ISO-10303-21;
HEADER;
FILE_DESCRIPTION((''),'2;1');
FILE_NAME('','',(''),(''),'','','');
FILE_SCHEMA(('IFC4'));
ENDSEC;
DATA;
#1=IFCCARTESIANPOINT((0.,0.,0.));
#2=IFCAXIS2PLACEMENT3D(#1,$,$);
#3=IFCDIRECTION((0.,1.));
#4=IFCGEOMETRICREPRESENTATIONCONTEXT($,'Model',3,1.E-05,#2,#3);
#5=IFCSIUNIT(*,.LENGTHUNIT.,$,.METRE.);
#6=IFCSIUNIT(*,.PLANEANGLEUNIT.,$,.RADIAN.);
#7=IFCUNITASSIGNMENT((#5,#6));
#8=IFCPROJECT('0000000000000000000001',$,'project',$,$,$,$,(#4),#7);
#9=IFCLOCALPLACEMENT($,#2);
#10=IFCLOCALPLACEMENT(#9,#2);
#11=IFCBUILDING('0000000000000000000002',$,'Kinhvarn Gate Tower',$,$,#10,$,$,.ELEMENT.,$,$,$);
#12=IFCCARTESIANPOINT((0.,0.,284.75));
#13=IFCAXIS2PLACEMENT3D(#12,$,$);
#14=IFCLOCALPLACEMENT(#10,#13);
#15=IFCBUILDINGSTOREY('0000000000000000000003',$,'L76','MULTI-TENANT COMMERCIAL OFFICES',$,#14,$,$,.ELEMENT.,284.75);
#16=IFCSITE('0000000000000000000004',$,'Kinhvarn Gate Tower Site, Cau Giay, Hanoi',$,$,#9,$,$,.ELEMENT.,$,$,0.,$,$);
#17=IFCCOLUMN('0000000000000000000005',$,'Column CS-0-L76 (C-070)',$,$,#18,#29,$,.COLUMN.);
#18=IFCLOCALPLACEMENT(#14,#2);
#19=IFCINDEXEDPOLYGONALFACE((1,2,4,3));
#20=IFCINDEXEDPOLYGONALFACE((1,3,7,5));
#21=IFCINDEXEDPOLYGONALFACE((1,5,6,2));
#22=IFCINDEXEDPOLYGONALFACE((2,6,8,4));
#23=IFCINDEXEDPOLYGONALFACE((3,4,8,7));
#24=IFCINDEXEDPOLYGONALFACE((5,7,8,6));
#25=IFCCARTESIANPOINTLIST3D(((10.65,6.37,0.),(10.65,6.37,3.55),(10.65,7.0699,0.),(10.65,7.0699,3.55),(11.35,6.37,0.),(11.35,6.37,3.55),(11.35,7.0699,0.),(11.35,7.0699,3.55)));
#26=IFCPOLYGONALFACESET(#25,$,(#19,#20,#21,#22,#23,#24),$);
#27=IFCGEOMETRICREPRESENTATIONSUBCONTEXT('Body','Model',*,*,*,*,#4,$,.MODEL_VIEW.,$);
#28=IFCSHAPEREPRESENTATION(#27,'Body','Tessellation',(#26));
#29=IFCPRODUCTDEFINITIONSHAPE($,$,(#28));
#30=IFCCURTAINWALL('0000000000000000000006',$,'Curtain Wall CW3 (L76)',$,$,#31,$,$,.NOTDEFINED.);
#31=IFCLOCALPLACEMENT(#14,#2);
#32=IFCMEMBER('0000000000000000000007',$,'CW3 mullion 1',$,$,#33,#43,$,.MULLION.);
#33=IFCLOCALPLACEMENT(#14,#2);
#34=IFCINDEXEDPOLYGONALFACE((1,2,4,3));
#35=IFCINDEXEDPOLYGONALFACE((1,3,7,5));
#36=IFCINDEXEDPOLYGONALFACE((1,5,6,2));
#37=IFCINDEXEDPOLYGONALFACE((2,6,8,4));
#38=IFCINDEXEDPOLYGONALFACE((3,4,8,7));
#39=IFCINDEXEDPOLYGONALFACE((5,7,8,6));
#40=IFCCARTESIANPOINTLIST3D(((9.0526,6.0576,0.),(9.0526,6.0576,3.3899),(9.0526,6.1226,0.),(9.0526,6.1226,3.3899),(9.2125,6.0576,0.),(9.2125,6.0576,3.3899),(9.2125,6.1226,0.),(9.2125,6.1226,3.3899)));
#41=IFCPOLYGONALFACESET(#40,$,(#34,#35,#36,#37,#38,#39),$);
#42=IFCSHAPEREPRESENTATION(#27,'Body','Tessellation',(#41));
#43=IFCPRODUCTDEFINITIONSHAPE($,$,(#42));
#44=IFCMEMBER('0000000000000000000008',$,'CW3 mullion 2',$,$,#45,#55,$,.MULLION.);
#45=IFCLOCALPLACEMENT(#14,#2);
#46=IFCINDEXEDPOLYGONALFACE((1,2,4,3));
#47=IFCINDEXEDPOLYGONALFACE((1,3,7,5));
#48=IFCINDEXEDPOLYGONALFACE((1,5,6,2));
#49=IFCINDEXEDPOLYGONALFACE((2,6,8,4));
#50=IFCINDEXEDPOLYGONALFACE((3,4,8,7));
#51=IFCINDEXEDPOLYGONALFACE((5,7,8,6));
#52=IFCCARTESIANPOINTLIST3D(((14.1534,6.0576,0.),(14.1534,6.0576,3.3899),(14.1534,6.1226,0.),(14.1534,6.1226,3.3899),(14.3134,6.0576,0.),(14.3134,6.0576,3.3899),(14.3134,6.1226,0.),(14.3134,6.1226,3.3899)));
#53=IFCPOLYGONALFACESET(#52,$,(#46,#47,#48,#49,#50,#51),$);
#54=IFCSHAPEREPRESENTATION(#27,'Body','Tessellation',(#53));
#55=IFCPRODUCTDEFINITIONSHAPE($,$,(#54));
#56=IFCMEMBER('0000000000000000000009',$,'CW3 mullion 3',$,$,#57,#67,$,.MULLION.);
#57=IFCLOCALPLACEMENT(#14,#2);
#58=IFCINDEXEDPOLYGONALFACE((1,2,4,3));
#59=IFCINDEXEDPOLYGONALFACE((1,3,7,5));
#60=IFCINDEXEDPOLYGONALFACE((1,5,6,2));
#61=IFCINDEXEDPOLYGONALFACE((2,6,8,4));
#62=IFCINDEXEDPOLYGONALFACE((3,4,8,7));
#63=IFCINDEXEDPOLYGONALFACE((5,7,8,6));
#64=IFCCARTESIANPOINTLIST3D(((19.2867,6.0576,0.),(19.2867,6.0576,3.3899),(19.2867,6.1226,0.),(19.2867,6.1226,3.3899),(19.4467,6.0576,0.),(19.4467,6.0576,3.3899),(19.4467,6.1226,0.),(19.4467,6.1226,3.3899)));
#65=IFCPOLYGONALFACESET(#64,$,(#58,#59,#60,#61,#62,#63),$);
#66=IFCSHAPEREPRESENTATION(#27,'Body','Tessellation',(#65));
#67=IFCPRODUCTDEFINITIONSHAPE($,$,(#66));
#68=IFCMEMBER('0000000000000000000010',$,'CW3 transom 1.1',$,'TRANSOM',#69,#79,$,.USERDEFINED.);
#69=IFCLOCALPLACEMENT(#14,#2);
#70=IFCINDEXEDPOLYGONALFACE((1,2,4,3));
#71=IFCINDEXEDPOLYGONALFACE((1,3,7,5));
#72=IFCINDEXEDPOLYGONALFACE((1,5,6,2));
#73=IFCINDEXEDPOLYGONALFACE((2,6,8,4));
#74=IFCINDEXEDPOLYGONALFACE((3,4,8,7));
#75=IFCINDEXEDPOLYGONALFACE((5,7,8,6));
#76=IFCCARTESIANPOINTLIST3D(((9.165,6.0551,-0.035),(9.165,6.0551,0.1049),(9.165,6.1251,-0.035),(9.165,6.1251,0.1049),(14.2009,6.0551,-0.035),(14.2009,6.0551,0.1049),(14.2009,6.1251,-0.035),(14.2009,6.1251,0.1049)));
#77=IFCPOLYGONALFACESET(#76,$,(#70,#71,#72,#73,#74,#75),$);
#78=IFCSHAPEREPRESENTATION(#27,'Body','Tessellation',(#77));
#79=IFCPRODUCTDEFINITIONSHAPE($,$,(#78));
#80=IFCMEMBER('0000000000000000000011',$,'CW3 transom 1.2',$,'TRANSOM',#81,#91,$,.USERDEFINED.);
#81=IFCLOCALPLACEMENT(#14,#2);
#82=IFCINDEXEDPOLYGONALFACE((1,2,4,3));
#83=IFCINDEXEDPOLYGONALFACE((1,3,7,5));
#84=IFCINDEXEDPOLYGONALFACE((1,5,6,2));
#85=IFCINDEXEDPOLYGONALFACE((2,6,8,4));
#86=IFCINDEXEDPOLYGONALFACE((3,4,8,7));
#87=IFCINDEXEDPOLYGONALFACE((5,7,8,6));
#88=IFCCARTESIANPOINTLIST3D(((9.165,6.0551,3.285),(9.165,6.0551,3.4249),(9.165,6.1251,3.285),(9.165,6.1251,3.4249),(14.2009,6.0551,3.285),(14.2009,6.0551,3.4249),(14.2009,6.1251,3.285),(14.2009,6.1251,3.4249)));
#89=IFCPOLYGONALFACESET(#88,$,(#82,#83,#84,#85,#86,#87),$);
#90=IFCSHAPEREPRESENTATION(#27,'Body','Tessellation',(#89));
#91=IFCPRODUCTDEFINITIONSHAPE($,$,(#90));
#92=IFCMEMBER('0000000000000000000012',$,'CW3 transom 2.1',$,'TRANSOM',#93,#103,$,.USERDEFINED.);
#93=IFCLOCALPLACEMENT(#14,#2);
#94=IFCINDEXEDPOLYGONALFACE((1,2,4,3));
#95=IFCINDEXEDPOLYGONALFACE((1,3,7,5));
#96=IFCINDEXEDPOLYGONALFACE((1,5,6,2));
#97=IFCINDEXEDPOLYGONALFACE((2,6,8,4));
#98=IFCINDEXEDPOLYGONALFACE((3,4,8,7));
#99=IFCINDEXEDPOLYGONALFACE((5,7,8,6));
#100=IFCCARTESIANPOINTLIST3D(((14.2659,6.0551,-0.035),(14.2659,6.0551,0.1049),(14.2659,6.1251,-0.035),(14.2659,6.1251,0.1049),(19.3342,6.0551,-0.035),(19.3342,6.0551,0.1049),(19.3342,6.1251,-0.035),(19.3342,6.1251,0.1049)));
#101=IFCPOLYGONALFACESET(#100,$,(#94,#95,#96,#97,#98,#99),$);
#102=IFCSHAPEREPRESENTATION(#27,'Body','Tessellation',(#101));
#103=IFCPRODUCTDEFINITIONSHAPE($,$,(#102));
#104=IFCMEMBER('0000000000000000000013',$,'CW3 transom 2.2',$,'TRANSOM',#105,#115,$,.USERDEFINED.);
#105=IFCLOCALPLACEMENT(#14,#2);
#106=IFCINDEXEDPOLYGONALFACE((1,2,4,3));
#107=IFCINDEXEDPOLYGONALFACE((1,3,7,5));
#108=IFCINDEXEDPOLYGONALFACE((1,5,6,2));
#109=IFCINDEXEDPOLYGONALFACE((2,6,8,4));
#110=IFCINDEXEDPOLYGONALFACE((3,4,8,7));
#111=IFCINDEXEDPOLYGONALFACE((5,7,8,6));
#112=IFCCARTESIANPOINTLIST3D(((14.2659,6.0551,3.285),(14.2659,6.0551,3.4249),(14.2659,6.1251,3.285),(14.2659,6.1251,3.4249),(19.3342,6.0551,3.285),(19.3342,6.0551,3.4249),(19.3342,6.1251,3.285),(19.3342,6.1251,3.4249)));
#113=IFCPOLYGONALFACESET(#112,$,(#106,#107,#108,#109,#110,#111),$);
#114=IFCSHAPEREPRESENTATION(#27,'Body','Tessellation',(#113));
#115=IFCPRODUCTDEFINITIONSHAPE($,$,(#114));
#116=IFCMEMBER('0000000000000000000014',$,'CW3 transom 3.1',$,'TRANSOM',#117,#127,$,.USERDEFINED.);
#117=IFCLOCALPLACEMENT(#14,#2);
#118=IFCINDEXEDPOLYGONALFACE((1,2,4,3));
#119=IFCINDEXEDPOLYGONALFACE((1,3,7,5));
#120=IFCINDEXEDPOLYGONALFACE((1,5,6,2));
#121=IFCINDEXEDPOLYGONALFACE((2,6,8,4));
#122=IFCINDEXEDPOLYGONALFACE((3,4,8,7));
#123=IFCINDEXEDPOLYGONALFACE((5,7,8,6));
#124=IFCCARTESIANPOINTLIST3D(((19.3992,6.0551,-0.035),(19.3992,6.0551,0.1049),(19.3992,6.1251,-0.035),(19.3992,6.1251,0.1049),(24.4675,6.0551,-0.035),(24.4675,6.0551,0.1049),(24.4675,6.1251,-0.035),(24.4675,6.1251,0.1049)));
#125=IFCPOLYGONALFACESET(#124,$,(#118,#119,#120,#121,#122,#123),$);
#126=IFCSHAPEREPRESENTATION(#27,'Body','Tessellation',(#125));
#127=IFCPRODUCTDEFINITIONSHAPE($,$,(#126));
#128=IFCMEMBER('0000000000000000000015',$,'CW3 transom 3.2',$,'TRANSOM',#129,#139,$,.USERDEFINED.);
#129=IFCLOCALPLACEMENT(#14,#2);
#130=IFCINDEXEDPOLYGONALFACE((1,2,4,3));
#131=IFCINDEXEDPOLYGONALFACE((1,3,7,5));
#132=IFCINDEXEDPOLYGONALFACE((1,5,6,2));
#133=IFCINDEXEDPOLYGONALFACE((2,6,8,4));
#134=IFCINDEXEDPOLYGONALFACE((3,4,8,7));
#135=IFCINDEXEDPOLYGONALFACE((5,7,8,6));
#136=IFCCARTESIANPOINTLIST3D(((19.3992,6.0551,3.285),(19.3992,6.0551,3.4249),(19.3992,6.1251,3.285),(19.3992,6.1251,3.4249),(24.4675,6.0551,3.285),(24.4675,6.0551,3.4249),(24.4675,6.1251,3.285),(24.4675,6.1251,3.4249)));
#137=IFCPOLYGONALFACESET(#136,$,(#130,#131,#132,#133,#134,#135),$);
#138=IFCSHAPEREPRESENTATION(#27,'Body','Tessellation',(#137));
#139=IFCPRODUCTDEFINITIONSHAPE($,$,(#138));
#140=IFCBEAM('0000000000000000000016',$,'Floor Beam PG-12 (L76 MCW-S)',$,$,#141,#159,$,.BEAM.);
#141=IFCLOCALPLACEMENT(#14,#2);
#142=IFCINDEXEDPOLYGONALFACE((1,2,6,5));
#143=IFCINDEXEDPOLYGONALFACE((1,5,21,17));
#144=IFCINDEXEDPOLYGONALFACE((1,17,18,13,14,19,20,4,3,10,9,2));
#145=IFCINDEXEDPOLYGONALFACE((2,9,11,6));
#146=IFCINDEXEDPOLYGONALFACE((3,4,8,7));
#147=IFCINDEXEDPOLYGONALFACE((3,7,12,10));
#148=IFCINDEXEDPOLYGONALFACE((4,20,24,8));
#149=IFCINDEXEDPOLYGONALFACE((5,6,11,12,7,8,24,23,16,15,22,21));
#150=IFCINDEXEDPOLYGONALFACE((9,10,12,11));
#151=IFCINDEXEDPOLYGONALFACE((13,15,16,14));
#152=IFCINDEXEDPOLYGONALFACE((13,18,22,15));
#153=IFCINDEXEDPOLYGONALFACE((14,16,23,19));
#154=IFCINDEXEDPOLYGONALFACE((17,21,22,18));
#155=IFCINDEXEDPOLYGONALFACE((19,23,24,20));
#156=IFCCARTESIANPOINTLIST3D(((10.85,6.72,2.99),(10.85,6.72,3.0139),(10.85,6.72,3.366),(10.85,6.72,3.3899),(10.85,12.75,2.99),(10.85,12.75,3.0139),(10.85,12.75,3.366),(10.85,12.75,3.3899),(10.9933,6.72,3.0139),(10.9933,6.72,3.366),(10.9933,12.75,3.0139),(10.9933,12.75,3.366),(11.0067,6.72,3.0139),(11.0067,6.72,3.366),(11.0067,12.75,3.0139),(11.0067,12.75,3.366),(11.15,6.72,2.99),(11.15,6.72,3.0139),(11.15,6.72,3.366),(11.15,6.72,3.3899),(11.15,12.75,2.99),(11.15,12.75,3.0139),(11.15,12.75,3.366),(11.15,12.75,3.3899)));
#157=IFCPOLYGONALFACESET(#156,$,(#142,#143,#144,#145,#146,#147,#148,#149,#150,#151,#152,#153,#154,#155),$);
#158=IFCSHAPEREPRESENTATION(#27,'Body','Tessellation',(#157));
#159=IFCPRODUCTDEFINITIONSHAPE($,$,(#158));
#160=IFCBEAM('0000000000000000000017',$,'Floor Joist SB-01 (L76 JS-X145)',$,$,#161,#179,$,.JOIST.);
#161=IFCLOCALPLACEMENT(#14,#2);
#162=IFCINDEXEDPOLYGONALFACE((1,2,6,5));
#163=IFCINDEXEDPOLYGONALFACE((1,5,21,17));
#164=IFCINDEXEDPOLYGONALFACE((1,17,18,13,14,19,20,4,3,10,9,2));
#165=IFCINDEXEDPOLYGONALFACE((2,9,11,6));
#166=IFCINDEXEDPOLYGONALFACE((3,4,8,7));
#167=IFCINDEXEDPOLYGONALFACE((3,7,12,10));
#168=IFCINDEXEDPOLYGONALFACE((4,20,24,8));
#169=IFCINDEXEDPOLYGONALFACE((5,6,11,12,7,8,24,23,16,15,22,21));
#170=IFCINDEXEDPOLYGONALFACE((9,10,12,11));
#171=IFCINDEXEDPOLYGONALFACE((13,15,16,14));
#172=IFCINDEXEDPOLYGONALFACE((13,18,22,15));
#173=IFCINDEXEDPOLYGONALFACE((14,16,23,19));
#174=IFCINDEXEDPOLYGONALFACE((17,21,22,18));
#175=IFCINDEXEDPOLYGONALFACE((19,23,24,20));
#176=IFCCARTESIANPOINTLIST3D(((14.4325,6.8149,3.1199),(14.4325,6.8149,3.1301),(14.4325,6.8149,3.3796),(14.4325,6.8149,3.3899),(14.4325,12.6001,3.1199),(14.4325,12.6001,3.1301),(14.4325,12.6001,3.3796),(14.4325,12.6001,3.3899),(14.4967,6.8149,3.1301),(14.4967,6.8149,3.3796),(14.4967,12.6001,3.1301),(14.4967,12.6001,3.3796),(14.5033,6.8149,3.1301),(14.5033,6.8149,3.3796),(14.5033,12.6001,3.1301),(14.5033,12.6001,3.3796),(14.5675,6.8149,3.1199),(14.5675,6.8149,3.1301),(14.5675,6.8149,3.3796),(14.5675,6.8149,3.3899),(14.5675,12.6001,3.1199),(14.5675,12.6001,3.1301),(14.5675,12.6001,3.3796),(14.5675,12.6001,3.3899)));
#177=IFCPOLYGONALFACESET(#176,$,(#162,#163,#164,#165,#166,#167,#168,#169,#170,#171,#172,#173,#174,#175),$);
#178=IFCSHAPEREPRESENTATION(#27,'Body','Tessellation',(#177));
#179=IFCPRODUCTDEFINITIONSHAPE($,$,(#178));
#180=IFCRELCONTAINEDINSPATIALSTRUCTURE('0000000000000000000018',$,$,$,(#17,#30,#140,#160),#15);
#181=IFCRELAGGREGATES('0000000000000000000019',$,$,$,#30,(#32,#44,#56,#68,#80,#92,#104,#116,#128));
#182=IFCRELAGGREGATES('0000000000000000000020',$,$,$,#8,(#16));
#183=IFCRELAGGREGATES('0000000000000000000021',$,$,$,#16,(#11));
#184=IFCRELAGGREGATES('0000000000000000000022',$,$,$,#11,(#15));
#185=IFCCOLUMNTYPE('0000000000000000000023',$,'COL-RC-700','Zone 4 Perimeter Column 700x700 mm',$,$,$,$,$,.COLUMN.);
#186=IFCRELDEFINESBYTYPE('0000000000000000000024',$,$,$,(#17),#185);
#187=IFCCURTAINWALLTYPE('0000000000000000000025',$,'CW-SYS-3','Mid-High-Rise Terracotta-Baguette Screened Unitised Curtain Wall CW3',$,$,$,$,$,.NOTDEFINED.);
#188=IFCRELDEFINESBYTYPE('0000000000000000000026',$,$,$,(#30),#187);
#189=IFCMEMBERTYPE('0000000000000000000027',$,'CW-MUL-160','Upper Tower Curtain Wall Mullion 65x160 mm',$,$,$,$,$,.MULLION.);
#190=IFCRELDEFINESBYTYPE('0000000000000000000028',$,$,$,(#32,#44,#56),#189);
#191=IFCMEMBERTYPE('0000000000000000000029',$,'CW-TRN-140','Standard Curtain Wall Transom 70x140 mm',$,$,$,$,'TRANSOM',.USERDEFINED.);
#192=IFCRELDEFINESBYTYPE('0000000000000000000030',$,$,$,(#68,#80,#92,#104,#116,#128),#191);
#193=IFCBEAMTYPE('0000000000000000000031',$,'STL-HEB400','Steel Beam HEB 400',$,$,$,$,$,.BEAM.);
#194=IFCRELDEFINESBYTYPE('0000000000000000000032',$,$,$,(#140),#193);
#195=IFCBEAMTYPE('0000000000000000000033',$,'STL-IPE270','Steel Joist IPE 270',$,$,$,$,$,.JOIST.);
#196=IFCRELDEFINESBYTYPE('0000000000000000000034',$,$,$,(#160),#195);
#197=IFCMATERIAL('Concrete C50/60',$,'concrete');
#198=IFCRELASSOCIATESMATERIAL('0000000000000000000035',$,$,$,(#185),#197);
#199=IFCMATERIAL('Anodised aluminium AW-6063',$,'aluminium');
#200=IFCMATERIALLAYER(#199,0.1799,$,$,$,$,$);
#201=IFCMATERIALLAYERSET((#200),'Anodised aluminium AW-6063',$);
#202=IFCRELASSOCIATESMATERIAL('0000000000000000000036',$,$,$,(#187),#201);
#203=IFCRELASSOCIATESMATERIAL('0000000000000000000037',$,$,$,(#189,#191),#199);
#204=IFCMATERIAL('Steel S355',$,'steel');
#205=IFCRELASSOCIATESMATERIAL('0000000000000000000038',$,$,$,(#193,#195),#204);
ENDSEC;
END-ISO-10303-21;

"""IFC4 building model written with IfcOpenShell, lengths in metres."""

from ifc_helpers import new_model, si_unit, direction, frame, origin, origin_2d, place, context, subcontext, project, spatial, rectangle, i_section, extrude, material, layer, layer_set, material_profile, profile_set, type_object, element, aggregate, save


model = new_model("IFC4")

# Units and contexts
model_context = context("Model", 3, precision=1e-05, world=origin(), true_north=direction((0.0, 1.0)))
body_context = subcontext(model_context, "Body", "Model", "MODEL_VIEW")
ifc_project = project(units=[si_unit("LENGTHUNIT", "METRE"), si_unit("PLANEANGLEUNIT", "RADIAN")], contexts=[model_context])

# Site, building, storey
site_placement = place(None, origin())
site = spatial("IfcSite", under=ifc_project, at=site_placement, Name="Kinhvarn Gate Tower Site, Cau Giay, Hanoi", CompositionType="ELEMENT", RefElevation=0.0)
building_placement = place(site_placement, origin())
building = spatial("IfcBuilding", under=site, at=building_placement, Name="Kinhvarn Gate Tower", CompositionType="ELEMENT")
storey_placement = place(building_placement, frame((0.0, 0.0, 284.75)))
storey = spatial("IfcBuildingStorey", under=building, at=storey_placement, Name="L76", Description="MULTI-TENANT COMMERCIAL OFFICES", CompositionType="ELEMENT", Elevation=284.75)

# Column
ifc_material_1 = material(Name="Concrete C50/60", Category="concrete")
ifc_material_profile_1 = material_profile(ifc_material_1, rectangle(XDim=0.7, YDim=0.7, at=origin_2d()), Name="RC 700x700")
ifc_profile_set_1 = profile_set([ifc_material_profile_1], Name="Concrete C50/60")
column_type = type_object("IfcColumnType", Name="COL-RC-700", Description="Zone 4 Perimeter Column 700x700 mm", PredefinedType="COLUMN", material=ifc_profile_set_1)
column_placement = place(storey_placement, frame((11.0, 6.72, 0.0), z_axis=(0.0, 0.0, 1.0), x_axis=(1.0, 0.0, 0.0)))
element("IfcColumn", 1, at=column_placement, inside=storey, type_object=column_type, Name="Column CS-0-L76 (C-070)", PredefinedType="COLUMN", context=body_context, shape_type="SweptSolid", body=[
    extrude(rectangle(XDim=0.7, YDim=0.7, at=origin_2d()), origin(), (0.0, 0.0, 1.0), 3.55),
])

# Curtain wall, members
ifc_material_2 = material(Name="Anodised aluminium AW-6063", Category="aluminium")
ifc_layer_1 = layer(ifc_material_2, 0.1799)
ifc_layer_set_1 = layer_set([ifc_layer_1], Name="Anodised aluminium AW-6063")
curtain_wall_type = type_object("IfcCurtainWallType", Name="CW-SYS-3", Description="Mid-High-Rise Terracotta-Baguette Screened Unitised Curtain Wall CW3", PredefinedType="NOTDEFINED", material=ifc_layer_set_1)
curtain_wall_placement = place(storey_placement, origin())
curtain_wall = element("IfcCurtainWall", 2, at=curtain_wall_placement, inside=storey, type_object=curtain_wall_type, Name="Curtain Wall CW3 (L76)", PredefinedType="NOTDEFINED")
ifc_material_profile_2 = material_profile(ifc_material_2, rectangle(XDim=0.0649, YDim=0.1599, at=origin_2d()), Name="ALU 65x160")
ifc_profile_set_2 = profile_set([ifc_material_profile_2], Name="Anodised aluminium AW-6063")
member_type_1 = type_object("IfcMemberType", Name="CW-MUL-160", Description="Upper Tower Curtain Wall Mullion 65x160 mm", PredefinedType="MULLION", material=ifc_profile_set_2)
member_1_placement = place(storey_placement, frame((9.1326, 6.0901, 0.0), z_axis=(0.0, 0.0, 1.0), x_axis=(0.0, 1.0, 0.0)))
member_1 = element("IfcMember", 3, at=member_1_placement, type_object=member_type_1, Name="CW3 mullion 1", PredefinedType="MULLION", context=body_context, shape_type="SweptSolid", body=[
    extrude(rectangle(XDim=0.0649, YDim=0.1599, at=origin_2d()), origin(), (0.0, 0.0, 1.0), 3.3899),
])
member_2_placement = place(storey_placement, frame((14.2334, 6.0901, 0.0), z_axis=(0.0, 0.0, 1.0), x_axis=(0.0, 1.0, 0.0)))
member_2 = element("IfcMember", 4, at=member_2_placement, type_object=member_type_1, Name="CW3 mullion 2", PredefinedType="MULLION", context=body_context, shape_type="SweptSolid", body=[
    extrude(rectangle(XDim=0.0649, YDim=0.1599, at=origin_2d()), origin(), (0.0, 0.0, 1.0), 3.3899),
])
member_3_placement = place(storey_placement, frame((19.3667, 6.0901, 0.0), z_axis=(0.0, 0.0, 1.0), x_axis=(0.0, 1.0, 0.0)))
member_3 = element("IfcMember", 5, at=member_3_placement, type_object=member_type_1, Name="CW3 mullion 3", PredefinedType="MULLION", context=body_context, shape_type="SweptSolid", body=[
    extrude(rectangle(XDim=0.0649, YDim=0.1599, at=origin_2d()), origin(), (0.0, 0.0, 1.0), 3.3899),
])
ifc_material_profile_3 = material_profile(ifc_material_2, rectangle(XDim=0.0701, YDim=0.1399, at=origin_2d()), Name="ALU 70x140")
ifc_profile_set_3 = profile_set([ifc_material_profile_3], Name="Anodised aluminium AW-6063")
member_type_2 = type_object("IfcMemberType", Name="CW-TRN-140", Description="Standard Curtain Wall Transom 70x140 mm", ElementType="TRANSOM", PredefinedType="USERDEFINED", material=ifc_profile_set_3)
member_4_placement = place(storey_placement, frame((9.165, 6.0901, 0.0349), z_axis=(1.0, 0.0, 0.0), x_axis=(0.0, 1.0, 0.0)))
member_4 = element("IfcMember", 6, at=member_4_placement, type_object=member_type_2, Name="CW3 transom 1.1", ObjectType="TRANSOM", PredefinedType="USERDEFINED", context=body_context, shape_type="SweptSolid", body=[
    extrude(rectangle(XDim=0.0701, YDim=0.1399, at=origin_2d()), origin(), (0.0, 0.0, 1.0), 5.0359),
])
member_5_placement = place(storey_placement, frame((9.165, 6.0901, 3.355), z_axis=(1.0, 0.0, 0.0), x_axis=(0.0, 1.0, 0.0)))
member_5 = element("IfcMember", 7, at=member_5_placement, type_object=member_type_2, Name="CW3 transom 1.2", ObjectType="TRANSOM", PredefinedType="USERDEFINED", context=body_context, shape_type="SweptSolid", body=[
    extrude(rectangle(XDim=0.0701, YDim=0.1399, at=origin_2d()), origin(), (0.0, 0.0, 1.0), 5.0359),
])
member_6_placement = place(storey_placement, frame((14.2659, 6.0901, 0.0349), z_axis=(1.0, 0.0, 0.0), x_axis=(0.0, 1.0, 0.0)))
member_6 = element("IfcMember", 8, at=member_6_placement, type_object=member_type_2, Name="CW3 transom 2.1", ObjectType="TRANSOM", PredefinedType="USERDEFINED", context=body_context, shape_type="SweptSolid", body=[
    extrude(rectangle(XDim=0.0701, YDim=0.1399, at=origin_2d()), origin(), (0.0, 0.0, 1.0), 5.0684),
])
member_7_placement = place(storey_placement, frame((14.2659, 6.0901, 3.355), z_axis=(1.0, 0.0, 0.0), x_axis=(0.0, 1.0, 0.0)))
member_7 = element("IfcMember", 9, at=member_7_placement, type_object=member_type_2, Name="CW3 transom 2.2", ObjectType="TRANSOM", PredefinedType="USERDEFINED", context=body_context, shape_type="SweptSolid", body=[
    extrude(rectangle(XDim=0.0701, YDim=0.1399, at=origin_2d()), origin(), (0.0, 0.0, 1.0), 5.0684),
])
member_8_placement = place(storey_placement, frame((19.3992, 6.0901, 0.0349), z_axis=(1.0, 0.0, 0.0), x_axis=(0.0, 1.0, 0.0)))
member_8 = element("IfcMember", 10, at=member_8_placement, type_object=member_type_2, Name="CW3 transom 3.1", ObjectType="TRANSOM", PredefinedType="USERDEFINED", context=body_context, shape_type="SweptSolid", body=[
    extrude(rectangle(XDim=0.0701, YDim=0.1399, at=origin_2d()), origin(), (0.0, 0.0, 1.0), 5.0684),
])
member_9_placement = place(storey_placement, frame((19.3992, 6.0901, 3.355), z_axis=(1.0, 0.0, 0.0), x_axis=(0.0, 1.0, 0.0)))
member_9 = element("IfcMember", 11, at=member_9_placement, type_object=member_type_2, Name="CW3 transom 3.2", ObjectType="TRANSOM", PredefinedType="USERDEFINED", context=body_context, shape_type="SweptSolid", body=[
    extrude(rectangle(XDim=0.0701, YDim=0.1399, at=origin_2d()), origin(), (0.0, 0.0, 1.0), 5.0684),
])

# Beams
ifc_material_3 = material(Name="Steel S355", Category="steel")
ifc_material_profile_4 = material_profile(ifc_material_3, i_section(OverallWidth=0.3, OverallDepth=0.3999, WebThickness=0.0134, FlangeThickness=0.0239, at=origin_2d()), Name="HEB 400")
ifc_profile_set_4 = profile_set([ifc_material_profile_4], Name="Steel S355")
beam_type_1 = type_object("IfcBeamType", Name="STL-HEB400", Description="Steel Beam HEB 400", PredefinedType="BEAM", material=ifc_profile_set_4)
beam_1_placement = place(storey_placement, frame((11.0, 6.72, 3.1899), z_axis=(0.0, 1.0, 0.0), x_axis=(-1.0, 0.0, 0.0)))
element("IfcBeam", 12, at=beam_1_placement, inside=storey, type_object=beam_type_1, Name="Floor Beam PG-12 (L76 MCW-S)", PredefinedType="BEAM", context=body_context, shape_type="SweptSolid", body=[
    extrude(i_section(OverallWidth=0.3, OverallDepth=0.3999, WebThickness=0.0134, FlangeThickness=0.0239, at=origin_2d()), origin(), (0.0, 0.0, 1.0), 6.03),
])
ifc_material_profile_5 = material_profile(ifc_material_3, i_section(OverallWidth=0.135, OverallDepth=0.27, WebThickness=0.0066, FlangeThickness=0.0103, at=origin_2d()), Name="IPE 270")
ifc_profile_set_5 = profile_set([ifc_material_profile_5], Name="Steel S355")
beam_type_2 = type_object("IfcBeamType", Name="STL-IPE270", Description="Steel Joist IPE 270", PredefinedType="JOIST", material=ifc_profile_set_5)
for number, where, z_axis, x_axis, name in (
    (13, (14.5, 6.8149, 3.2549), (0.0, 1.0, 0.0), (-1.0, 0.0, 0.0), "Floor Joist SB-01 (L76 JS-X145)"),
):
    element("IfcBeam", number, at=place(storey_placement, frame(where, z_axis=z_axis, x_axis=x_axis)), inside=storey, type_object=beam_type_2, Name=name, PredefinedType="JOIST", context=body_context, shape_type="SweptSolid", body=[
        extrude(i_section(OverallWidth=0.135, OverallDepth=0.27, WebThickness=0.0066, FlangeThickness=0.0103, at=origin_2d()), origin(), (0.0, 0.0, 1.0), 5.7852),
    ])

aggregate(curtain_wall, [member_1, member_2, member_3, member_4, member_5, member_6, member_7, member_8, member_9])

save(model, "model.ifc")
